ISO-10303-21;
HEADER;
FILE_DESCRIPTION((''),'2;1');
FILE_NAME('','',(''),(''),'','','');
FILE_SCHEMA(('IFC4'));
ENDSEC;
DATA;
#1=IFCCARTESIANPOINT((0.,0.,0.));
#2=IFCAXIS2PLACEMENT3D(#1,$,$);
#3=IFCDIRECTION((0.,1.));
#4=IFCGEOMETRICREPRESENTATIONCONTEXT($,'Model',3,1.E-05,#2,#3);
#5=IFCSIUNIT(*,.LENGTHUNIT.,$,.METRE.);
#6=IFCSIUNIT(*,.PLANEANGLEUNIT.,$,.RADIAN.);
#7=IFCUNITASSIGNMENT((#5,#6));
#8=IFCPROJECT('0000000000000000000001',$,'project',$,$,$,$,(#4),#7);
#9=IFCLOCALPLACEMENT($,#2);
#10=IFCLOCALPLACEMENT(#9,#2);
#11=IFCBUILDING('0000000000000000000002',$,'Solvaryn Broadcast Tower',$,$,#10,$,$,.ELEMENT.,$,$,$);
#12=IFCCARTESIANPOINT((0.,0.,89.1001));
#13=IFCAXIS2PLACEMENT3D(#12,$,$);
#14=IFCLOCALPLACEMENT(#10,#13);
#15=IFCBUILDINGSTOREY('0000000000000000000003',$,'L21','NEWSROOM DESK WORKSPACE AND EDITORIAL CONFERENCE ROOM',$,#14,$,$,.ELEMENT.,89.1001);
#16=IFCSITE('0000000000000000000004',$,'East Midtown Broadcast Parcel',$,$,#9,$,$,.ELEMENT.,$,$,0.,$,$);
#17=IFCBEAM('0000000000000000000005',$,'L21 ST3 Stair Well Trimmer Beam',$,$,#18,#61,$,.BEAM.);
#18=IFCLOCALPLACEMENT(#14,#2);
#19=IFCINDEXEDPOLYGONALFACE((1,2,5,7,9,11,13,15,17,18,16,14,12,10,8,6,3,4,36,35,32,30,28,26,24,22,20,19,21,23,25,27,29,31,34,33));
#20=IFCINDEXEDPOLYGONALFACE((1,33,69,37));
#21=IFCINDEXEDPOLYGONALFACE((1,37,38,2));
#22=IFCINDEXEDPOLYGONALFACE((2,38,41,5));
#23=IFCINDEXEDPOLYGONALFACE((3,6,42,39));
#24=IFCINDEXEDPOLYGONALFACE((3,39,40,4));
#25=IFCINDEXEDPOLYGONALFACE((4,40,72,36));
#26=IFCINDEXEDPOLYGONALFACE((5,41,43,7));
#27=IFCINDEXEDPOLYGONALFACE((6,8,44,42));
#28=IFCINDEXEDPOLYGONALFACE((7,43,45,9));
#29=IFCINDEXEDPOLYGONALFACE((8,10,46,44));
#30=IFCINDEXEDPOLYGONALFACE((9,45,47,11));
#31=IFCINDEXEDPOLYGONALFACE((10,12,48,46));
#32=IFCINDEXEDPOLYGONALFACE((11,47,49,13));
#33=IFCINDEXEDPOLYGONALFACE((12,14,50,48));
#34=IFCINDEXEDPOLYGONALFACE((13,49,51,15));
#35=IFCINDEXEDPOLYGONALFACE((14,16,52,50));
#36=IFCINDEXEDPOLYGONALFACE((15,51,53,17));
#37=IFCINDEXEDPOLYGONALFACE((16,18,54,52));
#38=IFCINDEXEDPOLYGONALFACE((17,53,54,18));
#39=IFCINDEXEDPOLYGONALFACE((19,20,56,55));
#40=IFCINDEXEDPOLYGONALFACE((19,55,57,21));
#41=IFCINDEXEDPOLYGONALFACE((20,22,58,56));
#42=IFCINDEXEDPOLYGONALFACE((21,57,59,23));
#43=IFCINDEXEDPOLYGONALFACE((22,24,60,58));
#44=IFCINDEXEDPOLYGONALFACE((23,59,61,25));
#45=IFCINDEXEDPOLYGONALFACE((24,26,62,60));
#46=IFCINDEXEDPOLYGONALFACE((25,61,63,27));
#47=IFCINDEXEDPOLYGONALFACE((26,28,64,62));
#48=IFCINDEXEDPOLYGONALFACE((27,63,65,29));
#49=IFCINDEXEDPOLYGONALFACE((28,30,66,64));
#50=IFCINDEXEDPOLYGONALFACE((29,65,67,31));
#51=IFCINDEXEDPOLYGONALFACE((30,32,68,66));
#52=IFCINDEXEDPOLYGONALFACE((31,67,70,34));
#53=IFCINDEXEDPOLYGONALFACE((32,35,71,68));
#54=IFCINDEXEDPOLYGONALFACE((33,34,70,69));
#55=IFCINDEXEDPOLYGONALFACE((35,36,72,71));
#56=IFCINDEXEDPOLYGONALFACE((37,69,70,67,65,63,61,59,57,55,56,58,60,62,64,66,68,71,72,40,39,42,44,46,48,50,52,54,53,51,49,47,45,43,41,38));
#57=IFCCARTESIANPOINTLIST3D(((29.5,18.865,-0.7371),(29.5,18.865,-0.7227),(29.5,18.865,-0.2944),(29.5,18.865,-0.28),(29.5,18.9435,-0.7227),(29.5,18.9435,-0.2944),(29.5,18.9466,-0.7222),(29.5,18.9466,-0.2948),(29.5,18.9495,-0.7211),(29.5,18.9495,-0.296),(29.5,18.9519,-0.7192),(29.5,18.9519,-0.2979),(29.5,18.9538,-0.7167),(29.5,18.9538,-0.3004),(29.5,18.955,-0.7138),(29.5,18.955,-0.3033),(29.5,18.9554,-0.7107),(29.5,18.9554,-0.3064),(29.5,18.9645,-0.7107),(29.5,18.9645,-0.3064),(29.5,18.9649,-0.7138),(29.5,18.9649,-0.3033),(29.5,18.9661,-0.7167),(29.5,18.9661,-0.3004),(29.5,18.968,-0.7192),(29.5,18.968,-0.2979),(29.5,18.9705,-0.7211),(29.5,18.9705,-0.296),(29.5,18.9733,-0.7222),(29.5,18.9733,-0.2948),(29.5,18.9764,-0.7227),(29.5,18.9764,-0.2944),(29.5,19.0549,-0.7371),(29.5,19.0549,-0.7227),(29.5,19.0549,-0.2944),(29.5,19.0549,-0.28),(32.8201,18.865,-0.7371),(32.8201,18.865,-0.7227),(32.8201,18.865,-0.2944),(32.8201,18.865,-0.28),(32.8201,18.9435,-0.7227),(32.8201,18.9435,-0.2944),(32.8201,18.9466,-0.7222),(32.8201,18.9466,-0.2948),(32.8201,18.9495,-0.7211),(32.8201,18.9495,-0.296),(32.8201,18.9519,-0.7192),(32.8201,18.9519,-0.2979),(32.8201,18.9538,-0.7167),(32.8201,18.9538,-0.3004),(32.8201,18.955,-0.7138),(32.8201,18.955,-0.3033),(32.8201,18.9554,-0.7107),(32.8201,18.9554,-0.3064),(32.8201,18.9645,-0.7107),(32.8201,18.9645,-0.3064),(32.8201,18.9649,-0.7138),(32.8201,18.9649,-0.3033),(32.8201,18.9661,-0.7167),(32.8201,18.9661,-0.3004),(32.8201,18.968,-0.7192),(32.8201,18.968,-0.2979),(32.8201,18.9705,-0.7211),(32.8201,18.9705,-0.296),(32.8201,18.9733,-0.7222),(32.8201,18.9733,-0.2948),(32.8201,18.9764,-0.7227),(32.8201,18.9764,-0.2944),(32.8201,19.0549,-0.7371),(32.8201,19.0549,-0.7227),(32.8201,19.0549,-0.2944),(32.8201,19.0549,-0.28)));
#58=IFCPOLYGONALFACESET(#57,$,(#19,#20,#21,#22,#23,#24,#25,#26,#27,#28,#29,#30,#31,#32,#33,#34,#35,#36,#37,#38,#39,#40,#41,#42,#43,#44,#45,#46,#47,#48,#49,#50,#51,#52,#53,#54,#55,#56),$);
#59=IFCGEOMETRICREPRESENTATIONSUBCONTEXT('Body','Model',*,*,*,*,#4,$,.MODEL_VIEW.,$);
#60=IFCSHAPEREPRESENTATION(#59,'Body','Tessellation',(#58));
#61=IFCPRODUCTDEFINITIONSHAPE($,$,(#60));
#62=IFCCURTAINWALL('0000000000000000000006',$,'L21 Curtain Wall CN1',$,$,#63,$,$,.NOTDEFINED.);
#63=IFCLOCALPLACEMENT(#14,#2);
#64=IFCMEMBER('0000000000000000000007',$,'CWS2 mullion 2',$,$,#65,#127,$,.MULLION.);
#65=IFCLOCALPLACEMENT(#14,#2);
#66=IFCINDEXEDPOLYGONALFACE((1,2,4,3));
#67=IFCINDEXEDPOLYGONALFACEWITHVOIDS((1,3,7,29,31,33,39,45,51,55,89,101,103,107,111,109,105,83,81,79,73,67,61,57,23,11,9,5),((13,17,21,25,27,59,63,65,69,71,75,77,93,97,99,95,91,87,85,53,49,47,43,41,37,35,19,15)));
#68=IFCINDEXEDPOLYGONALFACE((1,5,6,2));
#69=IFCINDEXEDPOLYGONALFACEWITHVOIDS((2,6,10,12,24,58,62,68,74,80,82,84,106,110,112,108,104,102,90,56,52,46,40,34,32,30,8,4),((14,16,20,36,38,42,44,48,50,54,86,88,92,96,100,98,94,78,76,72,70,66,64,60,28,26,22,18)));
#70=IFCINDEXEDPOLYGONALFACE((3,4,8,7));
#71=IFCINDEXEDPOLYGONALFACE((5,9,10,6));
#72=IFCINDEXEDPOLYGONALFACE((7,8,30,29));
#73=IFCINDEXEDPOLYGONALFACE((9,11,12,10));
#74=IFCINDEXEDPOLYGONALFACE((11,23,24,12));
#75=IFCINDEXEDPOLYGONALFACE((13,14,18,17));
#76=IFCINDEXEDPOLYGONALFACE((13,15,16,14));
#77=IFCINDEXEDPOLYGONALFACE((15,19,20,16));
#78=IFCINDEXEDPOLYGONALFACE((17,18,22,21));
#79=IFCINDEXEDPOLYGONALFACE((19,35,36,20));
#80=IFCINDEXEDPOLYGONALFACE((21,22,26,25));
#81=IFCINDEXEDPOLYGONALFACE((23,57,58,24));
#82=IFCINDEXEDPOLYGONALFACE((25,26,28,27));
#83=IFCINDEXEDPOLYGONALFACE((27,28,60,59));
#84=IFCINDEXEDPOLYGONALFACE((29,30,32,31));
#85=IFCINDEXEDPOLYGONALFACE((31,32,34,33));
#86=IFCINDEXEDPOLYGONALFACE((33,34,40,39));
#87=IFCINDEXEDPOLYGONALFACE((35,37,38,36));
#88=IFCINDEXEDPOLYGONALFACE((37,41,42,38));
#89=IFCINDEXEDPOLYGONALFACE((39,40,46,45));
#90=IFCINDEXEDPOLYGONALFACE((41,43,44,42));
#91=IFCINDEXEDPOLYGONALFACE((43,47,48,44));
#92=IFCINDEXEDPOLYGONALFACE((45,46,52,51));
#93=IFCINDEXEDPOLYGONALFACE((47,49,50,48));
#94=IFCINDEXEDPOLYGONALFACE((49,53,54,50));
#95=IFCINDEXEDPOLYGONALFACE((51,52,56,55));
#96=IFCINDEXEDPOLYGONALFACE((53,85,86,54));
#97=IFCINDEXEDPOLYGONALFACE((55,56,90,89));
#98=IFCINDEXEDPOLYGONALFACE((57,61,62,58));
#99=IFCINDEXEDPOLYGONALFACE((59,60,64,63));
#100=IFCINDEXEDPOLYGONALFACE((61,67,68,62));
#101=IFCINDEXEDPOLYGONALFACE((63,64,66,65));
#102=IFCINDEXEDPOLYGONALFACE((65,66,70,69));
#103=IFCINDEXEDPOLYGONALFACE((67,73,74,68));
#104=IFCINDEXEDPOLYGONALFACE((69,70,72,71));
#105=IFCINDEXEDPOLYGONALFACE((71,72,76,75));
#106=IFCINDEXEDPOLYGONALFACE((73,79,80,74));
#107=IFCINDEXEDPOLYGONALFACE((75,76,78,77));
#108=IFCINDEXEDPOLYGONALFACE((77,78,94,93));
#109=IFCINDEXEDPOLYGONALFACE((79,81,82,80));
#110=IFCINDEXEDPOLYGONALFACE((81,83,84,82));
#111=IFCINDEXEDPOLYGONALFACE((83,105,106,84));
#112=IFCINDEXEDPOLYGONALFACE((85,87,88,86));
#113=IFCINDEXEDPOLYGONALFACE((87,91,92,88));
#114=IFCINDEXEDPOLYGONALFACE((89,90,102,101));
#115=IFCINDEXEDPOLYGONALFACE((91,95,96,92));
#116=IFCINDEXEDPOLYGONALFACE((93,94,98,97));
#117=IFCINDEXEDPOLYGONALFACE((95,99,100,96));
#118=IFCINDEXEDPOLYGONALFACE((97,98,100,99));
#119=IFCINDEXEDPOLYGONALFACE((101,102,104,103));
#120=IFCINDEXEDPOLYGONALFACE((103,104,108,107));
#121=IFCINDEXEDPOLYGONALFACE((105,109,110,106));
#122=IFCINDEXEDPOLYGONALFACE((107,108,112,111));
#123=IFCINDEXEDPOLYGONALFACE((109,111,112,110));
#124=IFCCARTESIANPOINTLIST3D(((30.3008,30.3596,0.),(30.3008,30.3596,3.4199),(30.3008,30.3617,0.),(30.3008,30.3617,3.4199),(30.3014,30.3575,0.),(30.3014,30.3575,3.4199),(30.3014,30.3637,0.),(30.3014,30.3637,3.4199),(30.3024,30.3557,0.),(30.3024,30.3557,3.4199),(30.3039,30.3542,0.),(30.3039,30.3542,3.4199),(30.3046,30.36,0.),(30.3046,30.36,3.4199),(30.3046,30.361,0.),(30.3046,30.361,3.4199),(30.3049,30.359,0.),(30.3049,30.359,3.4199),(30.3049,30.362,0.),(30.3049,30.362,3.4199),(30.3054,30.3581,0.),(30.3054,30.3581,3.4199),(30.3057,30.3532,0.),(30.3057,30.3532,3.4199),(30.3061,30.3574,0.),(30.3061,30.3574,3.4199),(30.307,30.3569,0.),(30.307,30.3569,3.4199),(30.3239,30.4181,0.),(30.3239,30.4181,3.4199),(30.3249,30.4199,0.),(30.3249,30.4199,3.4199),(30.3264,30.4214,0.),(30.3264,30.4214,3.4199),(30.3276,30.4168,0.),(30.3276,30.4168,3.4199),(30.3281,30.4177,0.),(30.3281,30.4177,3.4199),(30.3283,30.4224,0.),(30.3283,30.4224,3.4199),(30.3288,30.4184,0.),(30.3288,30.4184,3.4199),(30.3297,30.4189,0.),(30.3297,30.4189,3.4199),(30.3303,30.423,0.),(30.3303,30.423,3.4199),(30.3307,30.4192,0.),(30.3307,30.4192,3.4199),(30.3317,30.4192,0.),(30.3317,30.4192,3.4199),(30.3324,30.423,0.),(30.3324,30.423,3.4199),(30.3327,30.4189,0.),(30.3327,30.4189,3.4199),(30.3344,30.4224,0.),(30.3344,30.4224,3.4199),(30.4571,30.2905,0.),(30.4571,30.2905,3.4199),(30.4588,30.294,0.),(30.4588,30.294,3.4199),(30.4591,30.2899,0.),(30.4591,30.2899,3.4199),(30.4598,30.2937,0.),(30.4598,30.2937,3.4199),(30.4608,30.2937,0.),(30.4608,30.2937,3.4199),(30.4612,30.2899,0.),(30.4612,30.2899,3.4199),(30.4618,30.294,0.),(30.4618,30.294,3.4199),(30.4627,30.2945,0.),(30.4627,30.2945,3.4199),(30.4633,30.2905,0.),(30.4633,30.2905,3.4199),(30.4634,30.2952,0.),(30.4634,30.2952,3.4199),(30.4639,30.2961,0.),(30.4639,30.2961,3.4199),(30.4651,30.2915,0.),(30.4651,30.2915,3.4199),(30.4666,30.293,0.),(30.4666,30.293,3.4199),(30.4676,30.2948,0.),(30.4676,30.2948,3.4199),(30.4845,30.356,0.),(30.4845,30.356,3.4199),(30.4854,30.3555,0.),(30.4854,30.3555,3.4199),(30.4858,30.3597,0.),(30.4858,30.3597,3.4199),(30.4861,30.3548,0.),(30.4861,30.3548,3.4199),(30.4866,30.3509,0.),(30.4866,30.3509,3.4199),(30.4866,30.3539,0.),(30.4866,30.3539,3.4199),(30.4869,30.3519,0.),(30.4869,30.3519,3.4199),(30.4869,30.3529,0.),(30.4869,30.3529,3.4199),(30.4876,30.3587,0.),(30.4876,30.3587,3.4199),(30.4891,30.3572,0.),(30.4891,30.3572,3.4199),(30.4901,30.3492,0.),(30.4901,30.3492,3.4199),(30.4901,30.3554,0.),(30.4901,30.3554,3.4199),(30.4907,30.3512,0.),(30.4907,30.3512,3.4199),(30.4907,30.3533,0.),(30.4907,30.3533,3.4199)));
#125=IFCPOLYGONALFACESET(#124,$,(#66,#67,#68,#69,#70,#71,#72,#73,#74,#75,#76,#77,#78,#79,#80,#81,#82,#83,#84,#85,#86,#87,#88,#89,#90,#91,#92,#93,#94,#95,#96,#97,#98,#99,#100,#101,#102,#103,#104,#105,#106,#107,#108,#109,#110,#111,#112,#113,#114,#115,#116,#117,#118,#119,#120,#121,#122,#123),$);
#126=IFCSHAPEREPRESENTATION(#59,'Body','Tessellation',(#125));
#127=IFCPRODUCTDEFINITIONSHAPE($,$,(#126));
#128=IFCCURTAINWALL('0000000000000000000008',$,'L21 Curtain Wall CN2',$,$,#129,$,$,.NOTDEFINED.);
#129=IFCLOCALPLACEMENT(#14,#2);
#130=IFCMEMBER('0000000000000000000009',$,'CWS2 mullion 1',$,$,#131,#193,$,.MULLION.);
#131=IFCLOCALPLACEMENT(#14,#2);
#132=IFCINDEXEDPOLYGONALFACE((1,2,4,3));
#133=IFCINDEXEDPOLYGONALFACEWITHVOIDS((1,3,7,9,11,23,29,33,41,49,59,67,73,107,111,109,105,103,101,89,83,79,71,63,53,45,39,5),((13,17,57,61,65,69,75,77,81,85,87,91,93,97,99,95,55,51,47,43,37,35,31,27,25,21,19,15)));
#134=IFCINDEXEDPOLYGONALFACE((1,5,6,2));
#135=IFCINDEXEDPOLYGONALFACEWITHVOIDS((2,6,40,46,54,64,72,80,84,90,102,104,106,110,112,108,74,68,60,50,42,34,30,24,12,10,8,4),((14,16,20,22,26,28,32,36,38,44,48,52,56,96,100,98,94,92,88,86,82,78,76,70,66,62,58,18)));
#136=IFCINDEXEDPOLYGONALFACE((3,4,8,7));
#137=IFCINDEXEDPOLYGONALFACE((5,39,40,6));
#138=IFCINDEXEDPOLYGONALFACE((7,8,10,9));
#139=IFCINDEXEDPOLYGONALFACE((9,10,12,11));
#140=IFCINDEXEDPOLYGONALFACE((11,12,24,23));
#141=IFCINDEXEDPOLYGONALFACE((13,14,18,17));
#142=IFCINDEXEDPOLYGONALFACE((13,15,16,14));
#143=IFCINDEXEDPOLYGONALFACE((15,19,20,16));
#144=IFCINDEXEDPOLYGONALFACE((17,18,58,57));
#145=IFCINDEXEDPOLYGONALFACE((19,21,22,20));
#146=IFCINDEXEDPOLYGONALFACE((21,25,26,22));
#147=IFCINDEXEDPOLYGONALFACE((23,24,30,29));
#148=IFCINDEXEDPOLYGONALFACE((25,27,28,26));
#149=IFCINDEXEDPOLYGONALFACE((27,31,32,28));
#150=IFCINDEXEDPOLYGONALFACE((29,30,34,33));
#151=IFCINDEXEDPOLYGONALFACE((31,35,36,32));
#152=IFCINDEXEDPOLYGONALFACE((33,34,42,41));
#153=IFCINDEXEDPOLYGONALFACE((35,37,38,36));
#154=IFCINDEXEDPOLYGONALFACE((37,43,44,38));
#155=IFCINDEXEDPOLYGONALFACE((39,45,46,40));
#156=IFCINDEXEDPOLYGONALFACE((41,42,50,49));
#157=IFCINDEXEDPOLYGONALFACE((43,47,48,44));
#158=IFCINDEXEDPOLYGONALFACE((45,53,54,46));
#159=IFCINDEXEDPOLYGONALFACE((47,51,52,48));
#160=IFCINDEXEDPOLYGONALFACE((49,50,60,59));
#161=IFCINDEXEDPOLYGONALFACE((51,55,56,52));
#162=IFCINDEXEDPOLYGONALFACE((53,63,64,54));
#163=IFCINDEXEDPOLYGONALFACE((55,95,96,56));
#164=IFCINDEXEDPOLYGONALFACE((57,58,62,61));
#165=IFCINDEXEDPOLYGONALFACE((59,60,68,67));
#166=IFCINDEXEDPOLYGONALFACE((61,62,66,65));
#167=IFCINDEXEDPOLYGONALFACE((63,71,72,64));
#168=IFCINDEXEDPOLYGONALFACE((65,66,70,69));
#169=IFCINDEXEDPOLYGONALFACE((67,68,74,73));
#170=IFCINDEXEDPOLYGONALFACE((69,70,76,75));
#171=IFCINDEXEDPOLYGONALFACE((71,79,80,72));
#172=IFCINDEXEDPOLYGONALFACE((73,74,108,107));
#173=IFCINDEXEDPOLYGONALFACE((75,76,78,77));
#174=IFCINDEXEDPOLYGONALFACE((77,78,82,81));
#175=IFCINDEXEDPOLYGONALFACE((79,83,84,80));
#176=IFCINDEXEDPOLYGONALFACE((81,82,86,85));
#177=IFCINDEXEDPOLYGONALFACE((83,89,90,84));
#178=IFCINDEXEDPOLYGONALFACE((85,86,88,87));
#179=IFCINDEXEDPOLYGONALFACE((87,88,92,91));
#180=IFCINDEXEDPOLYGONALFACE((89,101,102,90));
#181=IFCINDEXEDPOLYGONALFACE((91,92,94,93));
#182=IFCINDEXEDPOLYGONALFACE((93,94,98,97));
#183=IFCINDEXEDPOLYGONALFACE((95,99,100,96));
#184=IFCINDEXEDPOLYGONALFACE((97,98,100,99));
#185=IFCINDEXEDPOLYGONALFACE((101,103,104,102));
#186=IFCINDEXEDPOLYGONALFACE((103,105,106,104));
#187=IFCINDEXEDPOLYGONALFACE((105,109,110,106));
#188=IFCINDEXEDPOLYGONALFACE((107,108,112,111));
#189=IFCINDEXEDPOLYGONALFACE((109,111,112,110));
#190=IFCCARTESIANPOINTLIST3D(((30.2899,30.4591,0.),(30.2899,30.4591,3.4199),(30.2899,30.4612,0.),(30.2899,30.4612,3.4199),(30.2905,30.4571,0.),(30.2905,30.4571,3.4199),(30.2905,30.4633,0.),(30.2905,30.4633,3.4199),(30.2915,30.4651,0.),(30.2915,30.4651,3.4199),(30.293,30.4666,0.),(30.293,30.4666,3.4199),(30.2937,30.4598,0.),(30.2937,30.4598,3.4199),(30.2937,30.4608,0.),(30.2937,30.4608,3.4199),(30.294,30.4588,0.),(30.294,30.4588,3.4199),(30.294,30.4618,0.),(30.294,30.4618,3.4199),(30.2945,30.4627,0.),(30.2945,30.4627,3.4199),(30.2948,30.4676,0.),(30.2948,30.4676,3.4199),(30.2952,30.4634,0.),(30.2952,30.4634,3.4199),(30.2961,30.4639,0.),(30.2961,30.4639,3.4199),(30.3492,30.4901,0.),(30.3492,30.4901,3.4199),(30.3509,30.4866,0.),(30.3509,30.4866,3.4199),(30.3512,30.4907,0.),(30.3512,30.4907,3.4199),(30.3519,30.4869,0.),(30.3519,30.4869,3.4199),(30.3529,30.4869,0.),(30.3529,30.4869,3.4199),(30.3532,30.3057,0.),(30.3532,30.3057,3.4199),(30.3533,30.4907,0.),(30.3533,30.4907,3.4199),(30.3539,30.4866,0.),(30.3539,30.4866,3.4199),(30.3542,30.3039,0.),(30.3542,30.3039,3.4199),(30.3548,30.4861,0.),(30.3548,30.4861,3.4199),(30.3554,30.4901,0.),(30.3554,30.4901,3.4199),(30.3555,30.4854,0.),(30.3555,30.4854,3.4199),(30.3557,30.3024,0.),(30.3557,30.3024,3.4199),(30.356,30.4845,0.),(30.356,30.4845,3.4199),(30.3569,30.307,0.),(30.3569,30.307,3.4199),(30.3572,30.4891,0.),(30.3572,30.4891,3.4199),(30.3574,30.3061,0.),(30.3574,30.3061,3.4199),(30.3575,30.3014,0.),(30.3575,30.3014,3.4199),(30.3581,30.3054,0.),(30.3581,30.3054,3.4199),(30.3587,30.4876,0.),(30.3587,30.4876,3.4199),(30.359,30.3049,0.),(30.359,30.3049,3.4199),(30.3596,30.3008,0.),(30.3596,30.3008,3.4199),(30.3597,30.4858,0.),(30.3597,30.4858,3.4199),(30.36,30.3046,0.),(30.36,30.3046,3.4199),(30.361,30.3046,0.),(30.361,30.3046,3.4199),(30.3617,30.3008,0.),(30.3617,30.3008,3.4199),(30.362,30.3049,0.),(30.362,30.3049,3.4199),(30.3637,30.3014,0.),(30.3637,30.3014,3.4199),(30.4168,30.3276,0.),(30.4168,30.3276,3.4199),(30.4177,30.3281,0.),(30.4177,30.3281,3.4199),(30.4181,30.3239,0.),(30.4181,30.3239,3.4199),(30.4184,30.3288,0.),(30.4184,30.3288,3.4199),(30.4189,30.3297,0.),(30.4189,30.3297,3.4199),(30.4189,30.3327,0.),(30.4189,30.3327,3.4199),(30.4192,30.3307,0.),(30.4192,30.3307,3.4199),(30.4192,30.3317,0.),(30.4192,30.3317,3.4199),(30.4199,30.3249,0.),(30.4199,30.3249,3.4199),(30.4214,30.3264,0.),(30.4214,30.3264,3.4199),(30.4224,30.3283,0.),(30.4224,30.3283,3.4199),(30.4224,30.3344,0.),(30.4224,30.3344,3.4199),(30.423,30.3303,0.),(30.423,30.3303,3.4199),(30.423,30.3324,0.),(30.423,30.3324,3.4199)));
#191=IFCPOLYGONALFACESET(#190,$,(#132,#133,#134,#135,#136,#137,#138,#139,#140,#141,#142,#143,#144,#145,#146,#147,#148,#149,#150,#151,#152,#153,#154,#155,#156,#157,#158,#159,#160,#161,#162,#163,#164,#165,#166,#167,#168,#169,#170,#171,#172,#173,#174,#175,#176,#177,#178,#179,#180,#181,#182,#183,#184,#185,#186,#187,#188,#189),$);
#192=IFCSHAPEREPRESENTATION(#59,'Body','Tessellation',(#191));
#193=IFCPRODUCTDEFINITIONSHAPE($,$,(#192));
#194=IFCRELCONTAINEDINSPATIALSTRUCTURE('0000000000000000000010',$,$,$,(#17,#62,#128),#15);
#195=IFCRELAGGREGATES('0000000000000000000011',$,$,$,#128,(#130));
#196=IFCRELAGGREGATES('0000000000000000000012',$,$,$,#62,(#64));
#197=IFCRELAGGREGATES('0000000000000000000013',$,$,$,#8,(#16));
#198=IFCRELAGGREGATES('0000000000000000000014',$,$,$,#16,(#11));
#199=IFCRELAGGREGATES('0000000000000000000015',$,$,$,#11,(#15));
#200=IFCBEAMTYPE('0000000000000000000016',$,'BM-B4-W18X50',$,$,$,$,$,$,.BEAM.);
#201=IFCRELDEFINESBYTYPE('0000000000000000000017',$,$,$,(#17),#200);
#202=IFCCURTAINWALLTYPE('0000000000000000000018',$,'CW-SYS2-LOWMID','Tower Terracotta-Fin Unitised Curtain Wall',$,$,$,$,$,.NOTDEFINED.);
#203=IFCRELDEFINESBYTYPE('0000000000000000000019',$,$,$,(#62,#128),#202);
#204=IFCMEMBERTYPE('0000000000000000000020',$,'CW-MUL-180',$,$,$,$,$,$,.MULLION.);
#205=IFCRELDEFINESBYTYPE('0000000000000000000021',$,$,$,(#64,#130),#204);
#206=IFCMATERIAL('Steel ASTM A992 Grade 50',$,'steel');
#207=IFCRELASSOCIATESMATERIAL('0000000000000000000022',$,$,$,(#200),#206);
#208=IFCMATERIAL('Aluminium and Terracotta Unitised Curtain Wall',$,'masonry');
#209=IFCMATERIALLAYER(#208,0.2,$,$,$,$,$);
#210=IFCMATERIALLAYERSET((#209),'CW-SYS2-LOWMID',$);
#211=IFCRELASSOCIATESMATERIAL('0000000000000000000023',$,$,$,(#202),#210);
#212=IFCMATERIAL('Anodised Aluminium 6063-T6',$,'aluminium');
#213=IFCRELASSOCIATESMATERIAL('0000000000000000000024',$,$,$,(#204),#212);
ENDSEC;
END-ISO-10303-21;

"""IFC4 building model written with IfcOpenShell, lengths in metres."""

from ifc_helpers import new_model, si_unit, direction, frame, origin, origin_2d, place, context, subcontext, project, spatial, hollow_rectangle, i_section, extrude, material, layer, layer_set, material_profile, profile_set, type_object, element, aggregate, save


model = new_model("IFC4")

# Units and contexts
model_context = context("Model", 3, precision=1e-05, world=origin(), true_north=direction((0.0, 1.0)))
body_context = subcontext(model_context, "Body", "Model", "MODEL_VIEW")
ifc_project = project(units=[si_unit("LENGTHUNIT", "METRE"), si_unit("PLANEANGLEUNIT", "RADIAN")], contexts=[model_context])

# Site, building, storey
site_placement = place(None, origin())
site = spatial("IfcSite", under=ifc_project, at=site_placement, Name="East Midtown Broadcast Parcel", CompositionType="ELEMENT", RefElevation=0.0)
building_placement = place(site_placement, origin())
building = spatial("IfcBuilding", under=site, at=building_placement, Name="Solvaryn Broadcast Tower", CompositionType="ELEMENT")
storey_placement = place(building_placement, frame((0.0, 0.0, 89.1001)))
storey = spatial("IfcBuildingStorey", under=building, at=storey_placement, Name="L21", Description="NEWSROOM DESK WORKSPACE AND EDITORIAL CONFERENCE ROOM", CompositionType="ELEMENT", Elevation=89.1001)

# Beam
ifc_material_1 = material(Name="Steel ASTM A992 Grade 50", Category="steel")
ifc_material_profile_1 = material_profile(ifc_material_1, i_section(OverallWidth=0.1899, OverallDepth=0.457, WebThickness=0.009, FlangeThickness=0.0144, FilletRadius=0.012, at=origin_2d()))
ifc_profile_set_1 = profile_set([ifc_material_profile_1], Name="Steel ASTM A992 Grade 50")
beam_type_1 = type_object("IfcBeamType", Name="BM-B4-W18X50", PredefinedType="BEAM", material=ifc_profile_set_1)
beam_1_placement = place(storey_placement, frame((29.5, 18.96, -0.5085), z_axis=(1.0, 0.0, 0.0), x_axis=(0.0, 1.0, 0.0)))
element("IfcBeam", 1, at=beam_1_placement, inside=storey, type_object=beam_type_1, Name="L21 ST3 Stair Well Trimmer Beam", PredefinedType="BEAM", context=body_context, shape_type="SweptSolid", body=[
    extrude(i_section(OverallWidth=0.1899, OverallDepth=0.457, WebThickness=0.009, FlangeThickness=0.0144, FilletRadius=0.012, at=origin_2d()), origin(), (0.0, 0.0, 1.0), 3.3201),
])

# Curtain wall, member
ifc_material_2 = material(Name="Aluminium and Terracotta Unitised Curtain Wall", Category="masonry")
ifc_layer_1 = layer(ifc_material_2, 0.2)
ifc_layer_set_1 = layer_set([ifc_layer_1], Name="CW-SYS2-LOWMID")
curtain_wall_type = type_object("IfcCurtainWallType", Name="CW-SYS2-LOWMID", Description="Tower Terracotta-Fin Unitised Curtain Wall", PredefinedType="NOTDEFINED", material=ifc_layer_set_1)
curtain_wall_1_placement = place(storey_placement, origin())
curtain_wall_1 = element("IfcCurtainWall", 2, at=curtain_wall_1_placement, inside=storey, type_object=curtain_wall_type, Name="L21 Curtain Wall CN1", PredefinedType="NOTDEFINED")
ifc_material_3 = material(Name="Anodised Aluminium 6063-T6", Category="aluminium")
ifc_material_profile_2 = material_profile(ifc_material_3, hollow_rectangle(XDim=0.075, YDim=0.1799, WallThickness=0.0039, InnerFilletRadius=0.0039, OuterFilletRadius=0.0081, at=origin_2d()))
ifc_profile_set_2 = profile_set([ifc_material_profile_2], Name="Anodised Aluminium 6063-T6")
member_type_1 = type_object("IfcMemberType", Name="CW-MUL-180", PredefinedType="MULLION", material=ifc_profile_set_2)
member_1_placement = place(storey_placement, frame((30.3958, 30.3564, 0.0), z_axis=(0.0, 0.0, 1.0), x_axis=(-0.382646, -0.923895, 0.0)))
member_1 = element("IfcMember", 3, at=member_1_placement, type_object=member_type_1, Name="CWS2 mullion 2", PredefinedType="MULLION", context=body_context, shape_type="SweptSolid", body=[
    extrude(hollow_rectangle(XDim=0.075, YDim=0.1799, WallThickness=0.0039, InnerFilletRadius=0.0039, OuterFilletRadius=0.0081, at=origin_2d()), origin(), (0.0, 0.0, 1.0), 3.4199),
])

# Curtain wall, member
curtain_wall_2_placement = place(storey_placement, origin())
curtain_wall_2 = element("IfcCurtainWall", 4, at=curtain_wall_2_placement, inside=storey, type_object=curtain_wall_type, Name="L21 Curtain Wall CN2", PredefinedType="NOTDEFINED")
member_2_placement = place(storey_placement, frame((30.3564, 30.3958, 0.0), z_axis=(0.0, 0.0, 1.0), x_axis=(-0.923895, -0.382646, 0.0)))
member_2 = element("IfcMember", 5, at=member_2_placement, type_object=member_type_1, Name="CWS2 mullion 1", PredefinedType="MULLION", context=body_context, shape_type="SweptSolid", body=[
    extrude(hollow_rectangle(XDim=0.075, YDim=0.1799, WallThickness=0.0039, InnerFilletRadius=0.0039, OuterFilletRadius=0.0081, at=origin_2d()), origin(), (0.0, 0.0, 1.0), 3.4199),
])
aggregate(curtain_wall_2, [member_2])

aggregate(curtain_wall_1, [member_1])

save(model, "model.ifc")
